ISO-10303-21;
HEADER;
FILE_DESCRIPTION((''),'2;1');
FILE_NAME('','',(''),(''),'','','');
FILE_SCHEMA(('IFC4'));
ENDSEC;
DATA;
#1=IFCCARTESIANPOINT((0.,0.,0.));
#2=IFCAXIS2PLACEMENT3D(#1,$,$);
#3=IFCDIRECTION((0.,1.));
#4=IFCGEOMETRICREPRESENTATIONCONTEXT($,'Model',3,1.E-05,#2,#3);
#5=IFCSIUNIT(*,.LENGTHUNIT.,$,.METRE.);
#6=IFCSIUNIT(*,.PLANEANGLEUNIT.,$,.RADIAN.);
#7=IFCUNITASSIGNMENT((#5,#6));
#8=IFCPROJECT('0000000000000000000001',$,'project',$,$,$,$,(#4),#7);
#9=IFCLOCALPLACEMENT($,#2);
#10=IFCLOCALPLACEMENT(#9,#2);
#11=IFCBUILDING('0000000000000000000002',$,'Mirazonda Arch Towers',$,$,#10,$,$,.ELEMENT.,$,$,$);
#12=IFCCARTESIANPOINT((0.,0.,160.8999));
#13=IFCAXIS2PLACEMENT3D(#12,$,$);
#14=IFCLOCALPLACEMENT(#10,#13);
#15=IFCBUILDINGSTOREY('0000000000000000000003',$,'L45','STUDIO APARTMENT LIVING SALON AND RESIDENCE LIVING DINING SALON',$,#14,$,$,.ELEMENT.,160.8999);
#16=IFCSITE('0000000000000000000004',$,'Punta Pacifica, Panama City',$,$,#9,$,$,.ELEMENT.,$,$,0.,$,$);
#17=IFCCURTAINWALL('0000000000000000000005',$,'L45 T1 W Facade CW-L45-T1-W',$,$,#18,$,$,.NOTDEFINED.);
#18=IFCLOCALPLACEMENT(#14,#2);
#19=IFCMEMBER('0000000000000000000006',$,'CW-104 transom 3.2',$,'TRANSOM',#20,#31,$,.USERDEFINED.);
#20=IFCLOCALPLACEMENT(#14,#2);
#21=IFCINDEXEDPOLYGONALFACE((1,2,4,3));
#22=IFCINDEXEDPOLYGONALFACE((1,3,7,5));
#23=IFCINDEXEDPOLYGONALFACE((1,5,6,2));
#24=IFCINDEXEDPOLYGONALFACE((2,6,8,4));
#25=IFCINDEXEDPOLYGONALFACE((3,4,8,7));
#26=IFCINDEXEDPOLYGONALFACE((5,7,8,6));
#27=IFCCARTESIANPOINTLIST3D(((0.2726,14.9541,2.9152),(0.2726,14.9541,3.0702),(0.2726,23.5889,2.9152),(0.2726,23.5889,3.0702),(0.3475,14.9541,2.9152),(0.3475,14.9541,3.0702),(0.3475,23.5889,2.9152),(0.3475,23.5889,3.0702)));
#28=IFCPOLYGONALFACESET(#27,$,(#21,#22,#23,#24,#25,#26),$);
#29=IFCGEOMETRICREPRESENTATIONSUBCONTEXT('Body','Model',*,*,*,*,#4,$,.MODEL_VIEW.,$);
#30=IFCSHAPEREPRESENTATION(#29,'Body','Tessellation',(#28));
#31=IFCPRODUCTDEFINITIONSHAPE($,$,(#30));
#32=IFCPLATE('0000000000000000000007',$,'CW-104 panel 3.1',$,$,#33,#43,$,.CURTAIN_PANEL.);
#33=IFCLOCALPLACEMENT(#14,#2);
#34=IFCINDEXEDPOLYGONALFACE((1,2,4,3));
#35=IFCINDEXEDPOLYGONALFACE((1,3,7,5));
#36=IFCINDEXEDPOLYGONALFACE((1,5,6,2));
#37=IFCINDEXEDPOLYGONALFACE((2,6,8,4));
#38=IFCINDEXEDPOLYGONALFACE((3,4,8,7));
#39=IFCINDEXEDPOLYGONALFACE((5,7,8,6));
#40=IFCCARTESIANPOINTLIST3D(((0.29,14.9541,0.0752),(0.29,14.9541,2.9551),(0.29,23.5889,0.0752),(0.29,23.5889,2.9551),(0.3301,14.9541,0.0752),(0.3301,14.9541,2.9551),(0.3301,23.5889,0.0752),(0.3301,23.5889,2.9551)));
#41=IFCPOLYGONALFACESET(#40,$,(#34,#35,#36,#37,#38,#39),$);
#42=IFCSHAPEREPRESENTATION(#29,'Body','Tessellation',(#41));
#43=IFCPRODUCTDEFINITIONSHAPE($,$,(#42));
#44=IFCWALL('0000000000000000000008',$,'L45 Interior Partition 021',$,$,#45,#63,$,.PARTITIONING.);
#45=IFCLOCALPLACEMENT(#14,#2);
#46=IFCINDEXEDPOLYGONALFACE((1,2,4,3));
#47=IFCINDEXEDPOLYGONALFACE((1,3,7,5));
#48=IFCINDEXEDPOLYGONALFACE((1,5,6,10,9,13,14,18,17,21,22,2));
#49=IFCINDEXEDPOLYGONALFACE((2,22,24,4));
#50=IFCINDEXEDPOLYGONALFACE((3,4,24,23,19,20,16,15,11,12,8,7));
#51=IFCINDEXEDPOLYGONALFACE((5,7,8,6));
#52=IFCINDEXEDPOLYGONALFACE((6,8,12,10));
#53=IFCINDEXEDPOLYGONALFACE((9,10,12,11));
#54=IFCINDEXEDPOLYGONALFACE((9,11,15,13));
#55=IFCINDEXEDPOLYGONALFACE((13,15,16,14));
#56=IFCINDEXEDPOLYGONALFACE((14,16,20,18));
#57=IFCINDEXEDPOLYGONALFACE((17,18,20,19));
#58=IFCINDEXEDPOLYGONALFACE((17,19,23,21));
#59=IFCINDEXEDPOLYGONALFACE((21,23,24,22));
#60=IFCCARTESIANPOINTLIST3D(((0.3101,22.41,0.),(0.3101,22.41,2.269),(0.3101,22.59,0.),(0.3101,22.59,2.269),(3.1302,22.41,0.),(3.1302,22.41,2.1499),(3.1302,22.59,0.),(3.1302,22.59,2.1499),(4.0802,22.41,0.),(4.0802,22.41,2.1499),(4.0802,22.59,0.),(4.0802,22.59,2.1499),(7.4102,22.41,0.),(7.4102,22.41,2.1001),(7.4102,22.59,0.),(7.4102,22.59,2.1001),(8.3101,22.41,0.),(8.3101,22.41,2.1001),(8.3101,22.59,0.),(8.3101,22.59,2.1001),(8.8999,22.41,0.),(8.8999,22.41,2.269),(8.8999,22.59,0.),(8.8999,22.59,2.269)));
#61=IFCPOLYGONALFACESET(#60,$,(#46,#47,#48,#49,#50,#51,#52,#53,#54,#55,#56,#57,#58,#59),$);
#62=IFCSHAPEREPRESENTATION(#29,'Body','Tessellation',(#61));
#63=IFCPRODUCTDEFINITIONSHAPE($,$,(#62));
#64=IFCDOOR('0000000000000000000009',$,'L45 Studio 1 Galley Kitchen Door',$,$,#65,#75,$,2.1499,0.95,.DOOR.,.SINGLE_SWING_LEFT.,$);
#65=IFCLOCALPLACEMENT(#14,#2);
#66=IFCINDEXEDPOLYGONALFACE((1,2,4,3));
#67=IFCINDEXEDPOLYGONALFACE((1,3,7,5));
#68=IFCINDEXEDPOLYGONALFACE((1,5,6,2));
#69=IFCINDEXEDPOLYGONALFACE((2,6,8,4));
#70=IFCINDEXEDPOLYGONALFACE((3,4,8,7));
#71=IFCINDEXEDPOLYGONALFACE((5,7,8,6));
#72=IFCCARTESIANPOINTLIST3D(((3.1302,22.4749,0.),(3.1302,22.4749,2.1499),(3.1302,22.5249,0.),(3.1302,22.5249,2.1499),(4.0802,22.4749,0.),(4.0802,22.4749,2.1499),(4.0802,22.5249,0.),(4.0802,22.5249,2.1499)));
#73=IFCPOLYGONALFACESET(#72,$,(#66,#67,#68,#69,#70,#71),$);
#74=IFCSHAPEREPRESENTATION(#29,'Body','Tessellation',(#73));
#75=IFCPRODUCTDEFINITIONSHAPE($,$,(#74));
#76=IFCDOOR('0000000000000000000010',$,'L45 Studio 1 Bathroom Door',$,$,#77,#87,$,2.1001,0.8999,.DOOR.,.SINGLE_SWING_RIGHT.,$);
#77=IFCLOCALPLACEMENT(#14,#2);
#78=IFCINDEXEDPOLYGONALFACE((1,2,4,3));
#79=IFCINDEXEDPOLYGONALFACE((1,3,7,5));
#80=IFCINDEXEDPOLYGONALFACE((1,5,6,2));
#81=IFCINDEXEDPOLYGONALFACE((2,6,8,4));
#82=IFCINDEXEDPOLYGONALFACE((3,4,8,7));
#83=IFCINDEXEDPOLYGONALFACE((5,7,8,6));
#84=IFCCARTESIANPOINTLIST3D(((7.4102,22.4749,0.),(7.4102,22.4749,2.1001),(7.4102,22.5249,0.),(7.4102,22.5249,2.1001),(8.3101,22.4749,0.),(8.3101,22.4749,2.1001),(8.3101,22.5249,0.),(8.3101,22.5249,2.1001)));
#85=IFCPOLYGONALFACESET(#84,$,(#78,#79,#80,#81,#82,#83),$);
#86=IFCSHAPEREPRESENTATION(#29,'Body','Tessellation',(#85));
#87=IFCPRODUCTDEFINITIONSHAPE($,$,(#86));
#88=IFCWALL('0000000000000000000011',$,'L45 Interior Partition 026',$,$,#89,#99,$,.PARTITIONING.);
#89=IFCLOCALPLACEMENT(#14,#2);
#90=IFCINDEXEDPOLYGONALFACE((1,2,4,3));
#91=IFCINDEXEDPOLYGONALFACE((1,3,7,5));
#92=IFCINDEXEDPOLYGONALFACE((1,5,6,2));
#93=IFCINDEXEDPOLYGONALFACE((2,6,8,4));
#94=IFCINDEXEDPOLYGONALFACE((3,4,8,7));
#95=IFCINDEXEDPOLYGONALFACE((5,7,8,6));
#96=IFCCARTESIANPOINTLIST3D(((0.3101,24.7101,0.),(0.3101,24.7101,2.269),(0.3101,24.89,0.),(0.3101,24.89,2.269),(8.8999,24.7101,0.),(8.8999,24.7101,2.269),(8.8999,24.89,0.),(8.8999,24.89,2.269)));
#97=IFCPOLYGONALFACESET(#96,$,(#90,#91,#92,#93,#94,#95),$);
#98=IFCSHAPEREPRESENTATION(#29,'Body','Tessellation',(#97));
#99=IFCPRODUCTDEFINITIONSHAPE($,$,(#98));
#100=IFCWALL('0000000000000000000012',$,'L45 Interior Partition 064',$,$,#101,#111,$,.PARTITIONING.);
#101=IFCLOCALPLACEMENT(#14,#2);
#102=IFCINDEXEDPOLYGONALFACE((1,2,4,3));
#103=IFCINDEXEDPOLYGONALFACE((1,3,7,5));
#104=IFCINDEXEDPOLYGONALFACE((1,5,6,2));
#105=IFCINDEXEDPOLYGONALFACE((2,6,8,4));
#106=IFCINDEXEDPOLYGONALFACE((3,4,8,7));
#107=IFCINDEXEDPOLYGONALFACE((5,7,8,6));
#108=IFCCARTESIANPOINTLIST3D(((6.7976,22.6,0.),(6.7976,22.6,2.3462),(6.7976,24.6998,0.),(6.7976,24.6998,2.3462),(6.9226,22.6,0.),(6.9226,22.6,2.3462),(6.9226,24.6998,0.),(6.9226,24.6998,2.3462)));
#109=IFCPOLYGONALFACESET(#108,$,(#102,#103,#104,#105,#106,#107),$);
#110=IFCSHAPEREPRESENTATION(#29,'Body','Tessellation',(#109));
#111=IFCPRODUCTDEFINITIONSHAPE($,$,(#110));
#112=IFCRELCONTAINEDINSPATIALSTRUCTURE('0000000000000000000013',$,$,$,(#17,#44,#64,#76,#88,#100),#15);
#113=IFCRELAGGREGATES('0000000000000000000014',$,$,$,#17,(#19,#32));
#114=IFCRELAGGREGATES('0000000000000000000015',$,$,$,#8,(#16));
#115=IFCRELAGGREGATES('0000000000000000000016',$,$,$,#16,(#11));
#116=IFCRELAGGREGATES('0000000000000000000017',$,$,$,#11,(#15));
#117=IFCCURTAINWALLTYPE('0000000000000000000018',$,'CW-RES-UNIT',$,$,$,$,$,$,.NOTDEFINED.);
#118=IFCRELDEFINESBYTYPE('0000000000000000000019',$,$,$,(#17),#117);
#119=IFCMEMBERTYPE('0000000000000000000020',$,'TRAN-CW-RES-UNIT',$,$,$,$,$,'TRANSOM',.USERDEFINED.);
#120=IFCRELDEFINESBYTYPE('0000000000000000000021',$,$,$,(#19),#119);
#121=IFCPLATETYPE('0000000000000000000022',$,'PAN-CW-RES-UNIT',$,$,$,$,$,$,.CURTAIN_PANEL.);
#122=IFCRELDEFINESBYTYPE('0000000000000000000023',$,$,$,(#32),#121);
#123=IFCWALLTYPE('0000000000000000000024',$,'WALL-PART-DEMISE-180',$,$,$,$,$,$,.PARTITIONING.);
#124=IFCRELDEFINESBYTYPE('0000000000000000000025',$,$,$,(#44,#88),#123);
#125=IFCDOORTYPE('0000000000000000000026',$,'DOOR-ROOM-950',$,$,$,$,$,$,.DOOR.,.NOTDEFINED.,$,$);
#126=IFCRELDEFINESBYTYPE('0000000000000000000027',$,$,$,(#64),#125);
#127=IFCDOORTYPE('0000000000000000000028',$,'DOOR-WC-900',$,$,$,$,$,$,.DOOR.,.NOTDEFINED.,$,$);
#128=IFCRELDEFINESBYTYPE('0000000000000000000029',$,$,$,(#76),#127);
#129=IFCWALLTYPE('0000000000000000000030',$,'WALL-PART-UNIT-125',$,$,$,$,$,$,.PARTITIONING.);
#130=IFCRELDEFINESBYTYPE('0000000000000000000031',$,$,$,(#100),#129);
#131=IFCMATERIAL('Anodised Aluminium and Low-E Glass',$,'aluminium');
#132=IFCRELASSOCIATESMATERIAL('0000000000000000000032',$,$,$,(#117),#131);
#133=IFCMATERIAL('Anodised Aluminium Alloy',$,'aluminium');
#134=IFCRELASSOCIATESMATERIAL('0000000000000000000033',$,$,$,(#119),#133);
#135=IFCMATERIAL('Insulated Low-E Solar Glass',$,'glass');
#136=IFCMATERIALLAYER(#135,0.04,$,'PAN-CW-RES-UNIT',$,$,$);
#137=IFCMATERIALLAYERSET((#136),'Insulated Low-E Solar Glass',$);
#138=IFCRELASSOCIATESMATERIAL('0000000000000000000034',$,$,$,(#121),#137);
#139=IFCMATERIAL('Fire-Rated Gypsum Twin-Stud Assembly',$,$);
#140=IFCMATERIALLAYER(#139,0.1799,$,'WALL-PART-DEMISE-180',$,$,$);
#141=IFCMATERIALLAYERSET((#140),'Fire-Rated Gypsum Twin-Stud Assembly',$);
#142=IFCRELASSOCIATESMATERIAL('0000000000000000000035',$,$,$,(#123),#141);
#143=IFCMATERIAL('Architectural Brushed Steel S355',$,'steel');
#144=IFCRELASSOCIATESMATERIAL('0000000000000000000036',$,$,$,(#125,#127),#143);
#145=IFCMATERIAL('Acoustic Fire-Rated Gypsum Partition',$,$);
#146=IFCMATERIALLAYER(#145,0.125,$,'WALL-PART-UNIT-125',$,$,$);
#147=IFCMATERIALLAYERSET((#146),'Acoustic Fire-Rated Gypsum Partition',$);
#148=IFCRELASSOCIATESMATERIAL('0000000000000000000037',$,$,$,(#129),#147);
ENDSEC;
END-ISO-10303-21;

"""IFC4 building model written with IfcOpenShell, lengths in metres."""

from ifc_helpers import new_model, si_unit, direction, frame, frame_2d, origin, origin_2d, place, context, subcontext, project, spatial, rectangle, extrude, material, layer, layer_set, material_profile, profile_set, type_object, element, fill, aggregate, save


model = new_model("IFC4")

# Units and contexts
model_context = context("Model", 3, precision=1e-05, world=origin(), true_north=direction((0.0, 1.0)))
body_context = subcontext(model_context, "Body", "Model", "MODEL_VIEW")
ifc_project = project(units=[si_unit("LENGTHUNIT", "METRE"), si_unit("PLANEANGLEUNIT", "RADIAN")], contexts=[model_context])

# Site, building, storey
site_placement = place(None, origin())
site = spatial("IfcSite", under=ifc_project, at=site_placement, Name="Punta Pacifica, Panama City", CompositionType="ELEMENT", RefElevation=0.0)
building_placement = place(site_placement, origin())
building = spatial("IfcBuilding", under=site, at=building_placement, Name="Mirazonda Arch Towers", CompositionType="ELEMENT")
storey_placement = place(building_placement, frame((0.0, 0.0, 160.8999)))
storey = spatial("IfcBuildingStorey", under=building, at=storey_placement, Name="L45", Description="STUDIO APARTMENT LIVING SALON AND RESIDENCE LIVING DINING SALON", CompositionType="ELEMENT", Elevation=160.8999)

# Curtain wall, member, plate
ifc_material_1 = material(Name="Anodised Aluminium and Low-E Glass", Category="aluminium")
curtain_wall_type = type_object("IfcCurtainWallType", Name="CW-RES-UNIT", PredefinedType="NOTDEFINED", material=ifc_material_1)
curtain_wall_placement = place(storey_placement, origin())
curtain_wall = element("IfcCurtainWall", 1, at=curtain_wall_placement, inside=storey, type_object=curtain_wall_type, Name="L45 T1 W Facade CW-L45-T1-W", PredefinedType="NOTDEFINED")
ifc_material_2 = material(Name="Anodised Aluminium Alloy", Category="aluminium")
ifc_material_profile_1 = material_profile(ifc_material_2, rectangle(XDim=0.075, YDim=0.155, at=origin_2d()), Name="ALU-TRAN-75x155")
ifc_profile_set_1 = profile_set([ifc_material_profile_1], Name="Anodised Aluminium Alloy")
member_type_1 = type_object("IfcMemberType", Name="TRAN-CW-RES-UNIT", ElementType="TRANSOM", PredefinedType="USERDEFINED", material=ifc_profile_set_1)
member_1_placement = place(storey_placement, frame((0.3101, 23.5889, 2.9927), z_axis=(0.0, -1.0, 0.0), x_axis=(1.0, 0.0, 0.0)))
member_1 = element("IfcMember", 2, at=member_1_placement, type_object=member_type_1, Name="CW-104 transom 3.2", ObjectType="TRANSOM", PredefinedType="USERDEFINED", context=body_context, shape_type="SweptSolid", body=[
    extrude(rectangle(XDim=0.075, YDim=0.155, at=origin_2d()), origin(), (0.0, 0.0, 1.0), 8.6348),
])
ifc_material_3 = material(Name="Insulated Low-E Solar Glass", Category="glass")
ifc_layer_1 = layer(ifc_material_3, 0.04, Name="PAN-CW-RES-UNIT")
ifc_layer_set_1 = layer_set([ifc_layer_1], Name="Insulated Low-E Solar Glass")
plate_type = type_object("IfcPlateType", Name="PAN-CW-RES-UNIT", PredefinedType="CURTAIN_PANEL", material=ifc_layer_set_1)
plate_placement = place(storey_placement, frame((0.3101, 19.2715, 0.0752), z_axis=(0.0, 0.0, 1.0), x_axis=(0.0, -1.0, 0.0)))
plate = element("IfcPlate", 3, at=plate_placement, type_object=plate_type, Name="CW-104 panel 3.1", PredefinedType="CURTAIN_PANEL", context=body_context, shape_type="SweptSolid", body=[
    extrude(rectangle(XDim=8.6348, YDim=0.04, at=origin_2d()), origin(), (0.0, 0.0, 1.0), 2.8799),
])
aggregate(curtain_wall, [member_1, plate])

# Wall, openings, doors
ifc_material_4 = material(Name="Fire-Rated Gypsum Twin-Stud Assembly")
ifc_layer_2 = layer(ifc_material_4, 0.1799, Name="WALL-PART-DEMISE-180")
ifc_layer_set_2 = layer_set([ifc_layer_2], Name="Fire-Rated Gypsum Twin-Stud Assembly")
wall_type_1 = type_object("IfcWallType", Name="WALL-PART-DEMISE-180", PredefinedType="PARTITIONING", material=ifc_layer_set_2)
wall_1_placement = place(storey_placement, frame((0.3101, 22.5, 0.0), z_axis=(0.0, 0.0, 1.0), x_axis=(1.0, 0.0, 0.0)))
wall_1 = element("IfcWall", 4, at=wall_1_placement, inside=storey, type_object=wall_type_1, Name="L45 Interior Partition 021", PredefinedType="PARTITIONING", context=body_context, shape_type="SweptSolid", body=[
    extrude(rectangle(XDim=8.5898, YDim=0.1799, at=frame_2d((4.2949, 0.0))), origin(), (0.0, 0.0, 1.0), 2.269),
])
opening_1_placement = place(wall_1_placement, frame((2.8201, 0.0, 0.0)))
opening_1 = element("IfcOpeningElement", 5, at=opening_1_placement, cuts=wall_1, PredefinedType="OPENING", context=body_context, shape_type="SweptSolid", body=[
    extrude(rectangle(XDim=0.95, YDim=2.1499, at=frame_2d((0.4751, 1.075))), frame((0.0, 0.0999, 0.0), z_axis=(0.0, -1.0, 0.0), x_axis=(1.0, 0.0, 0.0)), (0.0, 0.0, 1.0), 0.2),
])
opening_2_placement = place(wall_1_placement, frame((7.1001, 0.0, 0.0)))
opening_2 = element("IfcOpeningElement", 6, at=opening_2_placement, cuts=wall_1, PredefinedType="OPENING", context=body_context, shape_type="SweptSolid", body=[
    extrude(rectangle(XDim=0.8999, YDim=2.1001, at=frame_2d((0.45, 1.05))), frame((0.0, 0.0999, 0.0), z_axis=(0.0, -1.0, 0.0), x_axis=(1.0, 0.0, 0.0)), (0.0, 0.0, 1.0), 0.2),
])
ifc_material_5 = material(Name="Architectural Brushed Steel S355", Category="steel")
door_type_1 = type_object("IfcDoorType", Name="DOOR-ROOM-950", OperationType="NOTDEFINED", PredefinedType="DOOR", material=ifc_material_5)
door_1_placement = place(opening_1_placement, origin())
door_1 = element("IfcDoor", 7, at=door_1_placement, inside=storey, type_object=door_type_1, Name="L45 Studio 1 Galley Kitchen Door", OperationType="SINGLE_SWING_LEFT", OverallHeight=2.1499, OverallWidth=0.95, PredefinedType="DOOR", context=body_context, shape_type="SweptSolid", body=[
    extrude(rectangle(XDim=0.95, YDim=2.1499, at=frame_2d((0.4751, 1.075))), frame((0.0, 0.0249, 0.0), z_axis=(0.0, -1.0, 0.0), x_axis=(1.0, 0.0, 0.0)), (0.0, 0.0, 1.0), 0.05),
])
fill(opening_1, door_1)
door_type_2 = type_object("IfcDoorType", Name="DOOR-WC-900", OperationType="NOTDEFINED", PredefinedType="DOOR", material=ifc_material_5)
door_2_placement = place(opening_2_placement, origin())
door_2 = element("IfcDoor", 8, at=door_2_placement, inside=storey, type_object=door_type_2, Name="L45 Studio 1 Bathroom Door", OperationType="SINGLE_SWING_RIGHT", OverallHeight=2.1001, OverallWidth=0.8999, PredefinedType="DOOR", context=body_context, shape_type="SweptSolid", body=[
    extrude(rectangle(XDim=0.8999, YDim=2.1001, at=frame_2d((0.45, 1.05))), frame((0.0, 0.0249, 0.0), z_axis=(0.0, -1.0, 0.0), x_axis=(1.0, 0.0, 0.0)), (0.0, 0.0, 1.0), 0.05),
])
fill(opening_2, door_2)

# Walls
wall_2_placement = place(storey_placement, frame((0.3101, 24.8, 0.0), z_axis=(0.0, 0.0, 1.0), x_axis=(1.0, 0.0, 0.0)))
element("IfcWall", 9, at=wall_2_placement, inside=storey, type_object=wall_type_1, Name="L45 Interior Partition 026", PredefinedType="PARTITIONING", context=body_context, shape_type="SweptSolid", body=[
    extrude(rectangle(XDim=8.5898, YDim=0.1799, at=frame_2d((4.2949, 0.0))), origin(), (0.0, 0.0, 1.0), 2.269),
])
ifc_material_6 = material(Name="Acoustic Fire-Rated Gypsum Partition")
ifc_layer_3 = layer(ifc_material_6, 0.125, Name="WALL-PART-UNIT-125")
ifc_layer_set_3 = layer_set([ifc_layer_3], Name="Acoustic Fire-Rated Gypsum Partition")
wall_type_2 = type_object("IfcWallType", Name="WALL-PART-UNIT-125", PredefinedType="PARTITIONING", material=ifc_layer_set_3)
wall_3_placement = place(storey_placement, frame((6.8601, 22.6001, 0.0), z_axis=(0.0, 0.0, 1.0), x_axis=(0.0, 1.0, 0.0)))
element("IfcWall", 10, at=wall_3_placement, inside=storey, type_object=wall_type_2, Name="L45 Interior Partition 064", PredefinedType="PARTITIONING", context=body_context, shape_type="SweptSolid", body=[
    extrude(rectangle(XDim=2.0999, YDim=0.125, at=frame_2d((1.0498, 0.0))), origin(), (0.0, 0.0, 1.0), 2.3462),
])

save(model, "model.ifc")
